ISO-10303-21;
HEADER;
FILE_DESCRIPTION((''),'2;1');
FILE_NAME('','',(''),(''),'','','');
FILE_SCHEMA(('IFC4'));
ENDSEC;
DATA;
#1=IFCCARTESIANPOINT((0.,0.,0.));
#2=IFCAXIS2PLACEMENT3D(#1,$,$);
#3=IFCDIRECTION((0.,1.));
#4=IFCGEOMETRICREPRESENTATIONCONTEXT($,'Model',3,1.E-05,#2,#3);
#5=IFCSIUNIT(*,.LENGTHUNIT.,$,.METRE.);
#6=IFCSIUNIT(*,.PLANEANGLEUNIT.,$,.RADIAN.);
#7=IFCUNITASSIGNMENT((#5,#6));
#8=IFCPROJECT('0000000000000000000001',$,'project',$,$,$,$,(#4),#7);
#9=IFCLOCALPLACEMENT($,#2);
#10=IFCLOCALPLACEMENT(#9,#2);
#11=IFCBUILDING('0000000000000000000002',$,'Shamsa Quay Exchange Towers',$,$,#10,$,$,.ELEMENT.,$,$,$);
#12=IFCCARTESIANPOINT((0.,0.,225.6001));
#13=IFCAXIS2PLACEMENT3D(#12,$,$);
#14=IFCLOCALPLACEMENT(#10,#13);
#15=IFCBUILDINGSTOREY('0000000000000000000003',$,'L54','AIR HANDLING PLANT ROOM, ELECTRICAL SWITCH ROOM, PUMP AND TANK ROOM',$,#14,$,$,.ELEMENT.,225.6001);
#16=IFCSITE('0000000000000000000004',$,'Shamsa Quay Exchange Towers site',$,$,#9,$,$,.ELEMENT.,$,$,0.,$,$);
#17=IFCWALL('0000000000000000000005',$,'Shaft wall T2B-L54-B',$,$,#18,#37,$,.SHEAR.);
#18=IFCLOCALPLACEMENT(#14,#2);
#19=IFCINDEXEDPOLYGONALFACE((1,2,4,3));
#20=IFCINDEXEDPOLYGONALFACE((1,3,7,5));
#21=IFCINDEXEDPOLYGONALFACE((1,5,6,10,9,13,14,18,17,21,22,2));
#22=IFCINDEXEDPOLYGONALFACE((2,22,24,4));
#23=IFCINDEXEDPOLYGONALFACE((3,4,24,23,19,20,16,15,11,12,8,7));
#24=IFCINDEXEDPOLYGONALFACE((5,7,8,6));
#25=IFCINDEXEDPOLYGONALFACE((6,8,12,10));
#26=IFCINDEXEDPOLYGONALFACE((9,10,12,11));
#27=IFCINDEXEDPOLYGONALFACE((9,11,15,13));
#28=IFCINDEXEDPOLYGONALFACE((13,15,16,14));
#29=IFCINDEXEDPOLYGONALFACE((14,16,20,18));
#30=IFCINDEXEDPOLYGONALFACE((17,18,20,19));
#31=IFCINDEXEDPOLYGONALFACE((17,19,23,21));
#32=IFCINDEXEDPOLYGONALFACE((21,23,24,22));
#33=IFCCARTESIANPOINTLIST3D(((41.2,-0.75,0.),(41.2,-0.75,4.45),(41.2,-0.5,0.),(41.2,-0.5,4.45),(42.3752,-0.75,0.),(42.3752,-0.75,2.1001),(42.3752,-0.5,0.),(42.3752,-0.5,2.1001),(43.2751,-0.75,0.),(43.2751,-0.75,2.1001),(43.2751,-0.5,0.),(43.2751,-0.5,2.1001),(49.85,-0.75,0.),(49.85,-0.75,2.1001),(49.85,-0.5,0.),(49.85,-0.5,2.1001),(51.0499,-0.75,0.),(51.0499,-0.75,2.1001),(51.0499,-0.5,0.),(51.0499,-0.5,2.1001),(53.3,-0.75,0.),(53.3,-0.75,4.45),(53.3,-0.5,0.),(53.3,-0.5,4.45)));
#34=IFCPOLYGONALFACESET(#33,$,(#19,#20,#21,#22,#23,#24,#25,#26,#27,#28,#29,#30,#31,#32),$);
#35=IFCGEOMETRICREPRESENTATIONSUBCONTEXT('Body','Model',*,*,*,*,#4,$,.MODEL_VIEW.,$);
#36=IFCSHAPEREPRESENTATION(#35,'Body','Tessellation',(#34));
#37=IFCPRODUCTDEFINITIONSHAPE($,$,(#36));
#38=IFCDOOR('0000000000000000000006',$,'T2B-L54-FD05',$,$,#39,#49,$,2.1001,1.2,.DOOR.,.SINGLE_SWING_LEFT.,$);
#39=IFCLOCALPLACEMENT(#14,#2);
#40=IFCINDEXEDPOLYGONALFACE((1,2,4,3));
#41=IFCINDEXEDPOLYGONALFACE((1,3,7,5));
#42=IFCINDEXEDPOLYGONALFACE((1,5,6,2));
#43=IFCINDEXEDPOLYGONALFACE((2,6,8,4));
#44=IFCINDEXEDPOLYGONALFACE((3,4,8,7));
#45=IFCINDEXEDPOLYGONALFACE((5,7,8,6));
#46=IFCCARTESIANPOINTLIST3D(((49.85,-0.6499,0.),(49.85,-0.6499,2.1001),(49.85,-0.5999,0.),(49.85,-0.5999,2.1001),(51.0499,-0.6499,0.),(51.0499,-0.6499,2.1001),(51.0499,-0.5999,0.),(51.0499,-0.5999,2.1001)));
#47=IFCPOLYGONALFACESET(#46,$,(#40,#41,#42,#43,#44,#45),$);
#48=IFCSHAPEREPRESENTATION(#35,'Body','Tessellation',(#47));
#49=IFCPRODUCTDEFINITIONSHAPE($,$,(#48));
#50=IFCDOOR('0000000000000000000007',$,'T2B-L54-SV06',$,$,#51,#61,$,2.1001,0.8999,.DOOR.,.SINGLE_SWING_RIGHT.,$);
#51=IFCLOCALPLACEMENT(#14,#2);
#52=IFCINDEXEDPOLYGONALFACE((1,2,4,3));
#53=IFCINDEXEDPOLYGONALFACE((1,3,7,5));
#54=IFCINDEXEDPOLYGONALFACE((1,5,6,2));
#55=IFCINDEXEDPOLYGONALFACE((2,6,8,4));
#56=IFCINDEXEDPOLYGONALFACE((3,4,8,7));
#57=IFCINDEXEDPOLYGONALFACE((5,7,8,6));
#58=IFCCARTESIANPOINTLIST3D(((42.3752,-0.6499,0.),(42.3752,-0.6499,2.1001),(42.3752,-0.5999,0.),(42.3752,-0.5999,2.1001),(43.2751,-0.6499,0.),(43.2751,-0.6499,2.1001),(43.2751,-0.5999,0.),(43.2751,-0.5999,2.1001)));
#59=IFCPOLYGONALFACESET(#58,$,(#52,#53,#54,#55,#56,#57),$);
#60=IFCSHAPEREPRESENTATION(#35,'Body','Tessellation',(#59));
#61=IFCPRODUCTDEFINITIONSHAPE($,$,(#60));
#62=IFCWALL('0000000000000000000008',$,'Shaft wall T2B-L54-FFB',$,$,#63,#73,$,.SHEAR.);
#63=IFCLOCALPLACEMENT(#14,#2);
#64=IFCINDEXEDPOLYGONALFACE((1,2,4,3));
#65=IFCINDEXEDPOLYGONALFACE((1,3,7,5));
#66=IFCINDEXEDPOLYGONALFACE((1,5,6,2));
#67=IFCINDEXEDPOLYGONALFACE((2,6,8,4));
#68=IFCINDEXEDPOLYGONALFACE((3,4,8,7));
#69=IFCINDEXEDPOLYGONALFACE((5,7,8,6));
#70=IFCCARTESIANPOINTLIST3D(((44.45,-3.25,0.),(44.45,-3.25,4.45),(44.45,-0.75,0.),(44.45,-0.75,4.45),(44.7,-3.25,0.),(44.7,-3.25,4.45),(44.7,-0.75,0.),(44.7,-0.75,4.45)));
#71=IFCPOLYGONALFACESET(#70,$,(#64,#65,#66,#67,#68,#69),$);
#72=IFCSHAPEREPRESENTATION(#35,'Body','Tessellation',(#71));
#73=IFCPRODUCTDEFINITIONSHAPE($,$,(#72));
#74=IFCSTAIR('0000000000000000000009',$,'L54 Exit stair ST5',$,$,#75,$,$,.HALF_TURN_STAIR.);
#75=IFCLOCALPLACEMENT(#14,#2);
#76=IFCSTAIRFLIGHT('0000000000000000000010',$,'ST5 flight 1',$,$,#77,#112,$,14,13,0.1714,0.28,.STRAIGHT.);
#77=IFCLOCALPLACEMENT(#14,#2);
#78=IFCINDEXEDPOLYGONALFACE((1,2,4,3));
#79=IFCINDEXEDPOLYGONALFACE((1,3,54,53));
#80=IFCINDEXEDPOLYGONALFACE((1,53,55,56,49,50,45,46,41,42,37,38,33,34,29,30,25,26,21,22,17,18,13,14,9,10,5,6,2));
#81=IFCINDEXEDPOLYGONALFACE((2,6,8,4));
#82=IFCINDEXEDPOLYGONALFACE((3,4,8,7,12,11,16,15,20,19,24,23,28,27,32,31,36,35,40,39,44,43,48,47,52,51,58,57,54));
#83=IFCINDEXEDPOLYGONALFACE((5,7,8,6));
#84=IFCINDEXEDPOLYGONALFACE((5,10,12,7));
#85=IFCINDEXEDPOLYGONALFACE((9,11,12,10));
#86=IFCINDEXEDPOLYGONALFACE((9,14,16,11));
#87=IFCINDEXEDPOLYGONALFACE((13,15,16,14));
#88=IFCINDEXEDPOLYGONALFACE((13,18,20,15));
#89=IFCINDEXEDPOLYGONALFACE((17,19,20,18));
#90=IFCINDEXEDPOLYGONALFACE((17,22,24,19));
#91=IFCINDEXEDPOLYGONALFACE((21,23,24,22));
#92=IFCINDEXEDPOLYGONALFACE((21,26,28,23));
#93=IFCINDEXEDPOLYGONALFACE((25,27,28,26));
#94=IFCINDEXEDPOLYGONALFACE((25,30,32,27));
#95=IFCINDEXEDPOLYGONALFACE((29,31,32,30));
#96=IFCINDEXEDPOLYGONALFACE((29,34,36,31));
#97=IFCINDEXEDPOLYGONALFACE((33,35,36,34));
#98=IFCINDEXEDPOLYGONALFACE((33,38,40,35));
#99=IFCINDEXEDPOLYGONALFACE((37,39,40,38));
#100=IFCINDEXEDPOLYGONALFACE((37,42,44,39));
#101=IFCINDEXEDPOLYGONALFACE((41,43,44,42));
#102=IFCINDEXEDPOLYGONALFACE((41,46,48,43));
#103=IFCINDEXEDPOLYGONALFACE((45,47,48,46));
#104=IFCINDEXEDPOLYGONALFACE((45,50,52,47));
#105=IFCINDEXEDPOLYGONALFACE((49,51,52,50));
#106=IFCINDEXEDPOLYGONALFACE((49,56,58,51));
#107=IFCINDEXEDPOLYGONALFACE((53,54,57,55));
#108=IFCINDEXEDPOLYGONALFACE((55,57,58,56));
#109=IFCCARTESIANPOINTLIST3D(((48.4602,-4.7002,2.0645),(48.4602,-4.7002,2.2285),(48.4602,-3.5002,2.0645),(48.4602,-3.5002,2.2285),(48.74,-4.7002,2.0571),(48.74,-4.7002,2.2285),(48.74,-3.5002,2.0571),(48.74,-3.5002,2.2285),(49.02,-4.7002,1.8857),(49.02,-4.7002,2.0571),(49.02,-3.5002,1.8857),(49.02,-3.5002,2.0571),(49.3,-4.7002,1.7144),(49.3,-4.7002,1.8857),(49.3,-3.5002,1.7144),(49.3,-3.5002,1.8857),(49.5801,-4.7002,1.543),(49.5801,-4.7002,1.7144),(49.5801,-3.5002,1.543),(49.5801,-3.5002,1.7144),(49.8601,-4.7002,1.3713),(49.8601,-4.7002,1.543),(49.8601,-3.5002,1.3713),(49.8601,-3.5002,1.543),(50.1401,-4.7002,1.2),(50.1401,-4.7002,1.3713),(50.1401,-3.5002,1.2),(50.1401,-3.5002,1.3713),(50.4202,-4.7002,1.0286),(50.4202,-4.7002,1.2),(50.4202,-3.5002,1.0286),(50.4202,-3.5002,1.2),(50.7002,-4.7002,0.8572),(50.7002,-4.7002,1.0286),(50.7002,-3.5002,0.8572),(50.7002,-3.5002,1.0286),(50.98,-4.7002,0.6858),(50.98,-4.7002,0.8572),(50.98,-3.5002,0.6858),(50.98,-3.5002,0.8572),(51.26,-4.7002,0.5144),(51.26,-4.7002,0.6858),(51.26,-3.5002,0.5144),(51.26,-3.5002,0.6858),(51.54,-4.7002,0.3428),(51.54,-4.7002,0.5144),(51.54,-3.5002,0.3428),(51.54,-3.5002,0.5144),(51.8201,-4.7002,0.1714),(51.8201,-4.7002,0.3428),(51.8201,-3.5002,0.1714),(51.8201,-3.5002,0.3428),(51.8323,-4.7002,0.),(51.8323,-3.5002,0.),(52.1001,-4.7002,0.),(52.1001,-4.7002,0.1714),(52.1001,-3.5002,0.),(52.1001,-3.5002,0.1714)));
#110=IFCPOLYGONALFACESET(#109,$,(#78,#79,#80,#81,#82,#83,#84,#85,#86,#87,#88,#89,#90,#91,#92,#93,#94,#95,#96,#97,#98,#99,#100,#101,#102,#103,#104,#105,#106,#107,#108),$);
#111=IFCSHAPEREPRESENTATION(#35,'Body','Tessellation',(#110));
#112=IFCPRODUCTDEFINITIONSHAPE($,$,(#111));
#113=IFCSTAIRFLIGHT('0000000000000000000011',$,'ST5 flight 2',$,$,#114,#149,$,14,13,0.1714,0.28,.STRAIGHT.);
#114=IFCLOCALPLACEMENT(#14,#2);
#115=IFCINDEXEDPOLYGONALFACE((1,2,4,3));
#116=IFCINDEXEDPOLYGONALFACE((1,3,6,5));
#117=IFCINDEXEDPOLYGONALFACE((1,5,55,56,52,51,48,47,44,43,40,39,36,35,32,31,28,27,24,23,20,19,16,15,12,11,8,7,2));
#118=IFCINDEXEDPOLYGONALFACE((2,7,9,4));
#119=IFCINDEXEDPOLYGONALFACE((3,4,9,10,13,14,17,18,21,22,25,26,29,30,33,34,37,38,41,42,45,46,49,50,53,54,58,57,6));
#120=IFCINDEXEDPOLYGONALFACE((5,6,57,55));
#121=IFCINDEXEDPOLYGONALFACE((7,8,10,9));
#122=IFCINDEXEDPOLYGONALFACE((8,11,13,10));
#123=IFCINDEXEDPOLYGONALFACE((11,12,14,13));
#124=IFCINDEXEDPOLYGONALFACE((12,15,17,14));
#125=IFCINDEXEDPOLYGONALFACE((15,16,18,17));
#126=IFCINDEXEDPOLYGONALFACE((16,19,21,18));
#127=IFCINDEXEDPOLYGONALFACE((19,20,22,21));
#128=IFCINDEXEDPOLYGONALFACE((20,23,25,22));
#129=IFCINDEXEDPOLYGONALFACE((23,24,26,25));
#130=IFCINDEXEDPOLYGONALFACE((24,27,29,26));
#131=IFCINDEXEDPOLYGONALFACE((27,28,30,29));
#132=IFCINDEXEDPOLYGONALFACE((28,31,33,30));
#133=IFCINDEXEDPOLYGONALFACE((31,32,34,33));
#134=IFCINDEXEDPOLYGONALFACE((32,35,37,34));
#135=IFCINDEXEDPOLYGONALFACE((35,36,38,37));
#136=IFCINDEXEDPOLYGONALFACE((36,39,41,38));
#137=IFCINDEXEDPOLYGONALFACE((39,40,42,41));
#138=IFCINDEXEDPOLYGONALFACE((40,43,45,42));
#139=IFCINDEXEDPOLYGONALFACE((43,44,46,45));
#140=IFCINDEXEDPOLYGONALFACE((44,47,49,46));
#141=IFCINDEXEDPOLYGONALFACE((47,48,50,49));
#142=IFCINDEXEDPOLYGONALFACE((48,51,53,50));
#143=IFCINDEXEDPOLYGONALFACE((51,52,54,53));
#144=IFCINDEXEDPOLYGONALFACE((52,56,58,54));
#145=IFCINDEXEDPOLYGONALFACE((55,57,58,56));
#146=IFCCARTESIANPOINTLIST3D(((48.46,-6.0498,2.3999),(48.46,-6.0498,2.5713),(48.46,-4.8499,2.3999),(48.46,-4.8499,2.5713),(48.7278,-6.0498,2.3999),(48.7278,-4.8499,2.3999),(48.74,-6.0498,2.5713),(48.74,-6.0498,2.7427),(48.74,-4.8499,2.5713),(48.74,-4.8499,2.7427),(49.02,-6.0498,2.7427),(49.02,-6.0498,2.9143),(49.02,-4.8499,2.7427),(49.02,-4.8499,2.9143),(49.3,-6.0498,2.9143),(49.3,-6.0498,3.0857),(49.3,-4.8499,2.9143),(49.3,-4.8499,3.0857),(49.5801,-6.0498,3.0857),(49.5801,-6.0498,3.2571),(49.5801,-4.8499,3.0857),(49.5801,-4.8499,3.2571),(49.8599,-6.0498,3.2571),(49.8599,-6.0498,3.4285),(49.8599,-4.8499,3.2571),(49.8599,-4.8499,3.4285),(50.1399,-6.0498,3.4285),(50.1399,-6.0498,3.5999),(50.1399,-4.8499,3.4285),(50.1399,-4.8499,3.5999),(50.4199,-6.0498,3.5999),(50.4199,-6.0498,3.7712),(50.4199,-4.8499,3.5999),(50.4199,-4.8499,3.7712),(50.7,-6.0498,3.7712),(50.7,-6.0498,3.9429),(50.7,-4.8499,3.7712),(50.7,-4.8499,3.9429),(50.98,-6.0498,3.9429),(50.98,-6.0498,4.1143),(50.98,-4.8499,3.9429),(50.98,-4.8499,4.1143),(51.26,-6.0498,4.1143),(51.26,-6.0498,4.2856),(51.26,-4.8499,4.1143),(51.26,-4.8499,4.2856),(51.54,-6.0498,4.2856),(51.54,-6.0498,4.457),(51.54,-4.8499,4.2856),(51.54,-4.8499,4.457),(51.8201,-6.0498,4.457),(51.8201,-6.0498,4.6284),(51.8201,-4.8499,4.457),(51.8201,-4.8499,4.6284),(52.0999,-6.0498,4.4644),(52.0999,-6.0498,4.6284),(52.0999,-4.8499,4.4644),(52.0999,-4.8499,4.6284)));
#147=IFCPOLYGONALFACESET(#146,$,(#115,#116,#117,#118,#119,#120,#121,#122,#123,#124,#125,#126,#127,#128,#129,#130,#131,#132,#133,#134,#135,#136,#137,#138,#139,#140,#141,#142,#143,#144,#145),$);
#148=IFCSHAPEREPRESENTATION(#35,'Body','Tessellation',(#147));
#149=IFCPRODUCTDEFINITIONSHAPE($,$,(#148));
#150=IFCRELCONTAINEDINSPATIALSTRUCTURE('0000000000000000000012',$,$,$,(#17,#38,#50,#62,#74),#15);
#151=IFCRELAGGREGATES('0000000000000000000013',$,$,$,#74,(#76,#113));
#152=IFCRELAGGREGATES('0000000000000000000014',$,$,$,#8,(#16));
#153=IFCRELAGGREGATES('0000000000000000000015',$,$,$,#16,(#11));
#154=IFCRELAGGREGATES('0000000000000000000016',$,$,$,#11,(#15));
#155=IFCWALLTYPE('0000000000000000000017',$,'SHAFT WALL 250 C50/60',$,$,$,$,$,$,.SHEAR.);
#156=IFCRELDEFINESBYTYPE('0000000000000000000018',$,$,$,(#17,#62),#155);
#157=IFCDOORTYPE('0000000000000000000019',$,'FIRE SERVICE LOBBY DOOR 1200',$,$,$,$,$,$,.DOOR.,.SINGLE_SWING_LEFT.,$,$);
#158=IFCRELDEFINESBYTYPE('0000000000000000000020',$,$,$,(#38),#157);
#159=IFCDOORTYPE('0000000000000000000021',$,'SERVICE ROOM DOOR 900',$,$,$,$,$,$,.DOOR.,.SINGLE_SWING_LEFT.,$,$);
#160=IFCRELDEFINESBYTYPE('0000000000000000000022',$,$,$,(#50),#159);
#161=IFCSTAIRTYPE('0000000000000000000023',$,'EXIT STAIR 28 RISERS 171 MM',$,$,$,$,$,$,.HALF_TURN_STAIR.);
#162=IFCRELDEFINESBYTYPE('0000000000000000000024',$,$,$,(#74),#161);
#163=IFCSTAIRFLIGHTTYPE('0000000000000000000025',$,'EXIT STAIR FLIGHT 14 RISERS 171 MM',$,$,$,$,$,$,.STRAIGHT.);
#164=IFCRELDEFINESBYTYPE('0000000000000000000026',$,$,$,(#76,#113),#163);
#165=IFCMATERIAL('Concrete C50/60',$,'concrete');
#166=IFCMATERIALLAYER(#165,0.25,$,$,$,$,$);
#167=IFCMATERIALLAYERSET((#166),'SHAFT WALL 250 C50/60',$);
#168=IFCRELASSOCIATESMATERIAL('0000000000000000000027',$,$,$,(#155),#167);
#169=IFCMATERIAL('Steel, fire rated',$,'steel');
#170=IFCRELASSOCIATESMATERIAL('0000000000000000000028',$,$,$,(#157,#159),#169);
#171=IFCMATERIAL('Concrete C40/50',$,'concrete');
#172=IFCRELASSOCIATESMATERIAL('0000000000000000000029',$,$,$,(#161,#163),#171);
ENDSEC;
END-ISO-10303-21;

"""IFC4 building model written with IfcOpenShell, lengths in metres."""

from ifc_helpers import new_model, si_unit, direction, frame, frame_2d, origin, place, context, subcontext, project, spatial, polyline, rectangle, outline, extrude, material, layer, layer_set, type_object, element, fill, aggregate, save


model = new_model("IFC4")

# Units and contexts
model_context = context("Model", 3, precision=1e-05, world=origin(), true_north=direction((0.0, 1.0)))
body_context = subcontext(model_context, "Body", "Model", "MODEL_VIEW")
ifc_project = project(units=[si_unit("LENGTHUNIT", "METRE"), si_unit("PLANEANGLEUNIT", "RADIAN")], contexts=[model_context])

# Site, building, storey
site_placement = place(None, origin())
site = spatial("IfcSite", under=ifc_project, at=site_placement, Name="Shamsa Quay Exchange Towers site", CompositionType="ELEMENT", RefElevation=0.0)
building_placement = place(site_placement, origin())
building = spatial("IfcBuilding", under=site, at=building_placement, Name="Shamsa Quay Exchange Towers", CompositionType="ELEMENT")
storey_placement = place(building_placement, frame((0.0, 0.0, 225.6001)))
storey = spatial("IfcBuildingStorey", under=building, at=storey_placement, Name="L54", Description="AIR HANDLING PLANT ROOM, ELECTRICAL SWITCH ROOM, PUMP AND TANK ROOM", CompositionType="ELEMENT", Elevation=225.6001)

# Shared definitions
ifc_material_1 = material(Name="Steel, fire rated", Category="steel")
ifc_material_2 = material(Name="Concrete C50/60", Category="concrete")
ifc_layer_1 = layer(ifc_material_2, 0.25)
ifc_layer_set_1 = layer_set([ifc_layer_1], Name="SHAFT WALL 250 C50/60")
wall_type_1 = type_object("IfcWallType", Name="SHAFT WALL 250 C50/60", PredefinedType="SHEAR", material=ifc_layer_set_1)

# Wall, openings, doors
wall_1_placement = place(storey_placement, frame((53.3, -0.625, 0.0), z_axis=(0.0, 0.0, 1.0), x_axis=(-1.0, 0.0, 0.0)))
wall_1 = element("IfcWall", 1, at=wall_1_placement, inside=storey, type_object=wall_type_1, Name="Shaft wall T2B-L54-B", PredefinedType="SHEAR", context=body_context, shape_type="SweptSolid", body=[
    extrude(rectangle(XDim=12.1001, YDim=0.25, at=frame_2d((6.05, 0.0))), origin(), (0.0, 0.0, 1.0), 4.45),
])
opening_1_placement = place(wall_1_placement, frame((2.25, 0.0, 0.0)))
opening_1 = element("IfcOpeningElement", 2, at=opening_1_placement, cuts=wall_1, PredefinedType="OPENING", context=body_context, shape_type="SweptSolid", body=[
    extrude(rectangle(XDim=1.2, YDim=2.1001, at=frame_2d((0.6001, 1.05))), frame((0.0, 0.135, 0.0), z_axis=(0.0, -1.0, 0.0), x_axis=(1.0, 0.0, 0.0)), (0.0, 0.0, 1.0), 0.27),
])
opening_2_placement = place(wall_1_placement, frame((10.0249, 0.0, 0.0)))
opening_2 = element("IfcOpeningElement", 3, at=opening_2_placement, cuts=wall_1, PredefinedType="OPENING", context=body_context, shape_type="SweptSolid", body=[
    extrude(rectangle(XDim=0.8999, YDim=2.1001, at=frame_2d((0.45, 1.05))), frame((0.0, 0.135, 0.0), z_axis=(0.0, -1.0, 0.0), x_axis=(1.0, 0.0, 0.0)), (0.0, 0.0, 1.0), 0.27),
])
door_type_1 = type_object("IfcDoorType", Name="FIRE SERVICE LOBBY DOOR 1200", OperationType="SINGLE_SWING_LEFT", PredefinedType="DOOR", material=ifc_material_1)
door_1_placement = place(opening_1_placement, origin())
door_1 = element("IfcDoor", 4, at=door_1_placement, inside=storey, type_object=door_type_1, Name="T2B-L54-FD05", OperationType="SINGLE_SWING_LEFT", OverallHeight=2.1001, OverallWidth=1.2, PredefinedType="DOOR", context=body_context, shape_type="SweptSolid", body=[
    extrude(rectangle(XDim=1.2, YDim=2.1001, at=frame_2d((0.6001, 1.05))), frame((0.0, 0.0249, 0.0), z_axis=(0.0, -1.0, 0.0), x_axis=(1.0, 0.0, 0.0)), (0.0, 0.0, 1.0), 0.05),
])
fill(opening_1, door_1)
door_type_2 = type_object("IfcDoorType", Name="SERVICE ROOM DOOR 900", OperationType="SINGLE_SWING_LEFT", PredefinedType="DOOR", material=ifc_material_1)
door_2_placement = place(opening_2_placement, origin())
door_2 = element("IfcDoor", 5, at=door_2_placement, inside=storey, type_object=door_type_2, Name="T2B-L54-SV06", OperationType="SINGLE_SWING_RIGHT", OverallHeight=2.1001, OverallWidth=0.8999, PredefinedType="DOOR", context=body_context, shape_type="SweptSolid", body=[
    extrude(rectangle(XDim=0.8999, YDim=2.1001, at=frame_2d((0.45, 1.05))), frame((0.0, 0.0249, 0.0), z_axis=(0.0, -1.0, 0.0), x_axis=(1.0, 0.0, 0.0)), (0.0, 0.0, 1.0), 0.05),
])
fill(opening_2, door_2)

# Wall
wall_2_placement = place(storey_placement, frame((44.575, -3.25, 0.0), z_axis=(0.0, 0.0, 1.0), x_axis=(0.0, 1.0, 0.0)))
element("IfcWall", 6, at=wall_2_placement, inside=storey, type_object=wall_type_1, Name="Shaft wall T2B-L54-FFB", PredefinedType="SHEAR", context=body_context, shape_type="SweptSolid", body=[
    extrude(rectangle(XDim=2.5, YDim=0.25, at=frame_2d((1.25, 0.0))), origin(), (0.0, 0.0, 1.0), 4.45),
])

# Stair, stair flights
ifc_material_3 = material(Name="Concrete C40/50", Category="concrete")
stair_type = type_object("IfcStairType", Name="EXIT STAIR 28 RISERS 171 MM", PredefinedType="HALF_TURN_STAIR", material=ifc_material_3)
stair_placement = place(storey_placement, origin())
stair = element("IfcStair", 7, at=stair_placement, inside=storey, type_object=stair_type, Name="L54 Exit stair ST5", PredefinedType="HALF_TURN_STAIR")
stair_flight_type = type_object("IfcStairFlightType", Name="EXIT STAIR FLIGHT 14 RISERS 171 MM", PredefinedType="STRAIGHT", material=ifc_material_3)
stair_flight_1_placement = place(storey_placement, frame((52.1001, -4.1001, 0.0), z_axis=(0.0, 0.0, 1.0), x_axis=(-1.0, 0.0, 0.0)))
stair_flight_1 = element("IfcStairFlight", 8, at=stair_flight_1_placement, type_object=stair_flight_type, Name="ST5 flight 1", NumberOfRisers=14, NumberOfTreads=13, PredefinedType="STRAIGHT", RiserHeight=0.1714, TreadLength=0.28, context=body_context, shape_type="SweptSolid", body=[
    extrude(outline(polyline([(0.0, 0.0), (0.0, 0.1714), (0.28, 0.1714), (0.28, 0.3428), (0.5601, 0.3428), (0.5601, 0.5144), (0.8401, 0.5144), (0.8401, 0.6858), (1.1201, 0.6858), (1.1201, 0.8572), (1.3999, 0.8572), (1.3999, 1.0286), (1.6799, 1.0286), (1.6799, 1.2), (1.96, 1.2), (1.96, 1.3713), (2.24, 1.3713), (2.24, 1.543), (2.52, 1.543), (2.52, 1.7144), (2.8, 1.7144), (2.8, 1.8857), (3.0801, 1.8857), (3.0801, 2.0571), (3.3601, 2.0571), (3.3601, 2.2285), (3.6399, 2.2285), (3.6399, 2.3999), (3.6399, 2.0645), (0.2678, 0.0), (0.0, 0.0)])), frame((0.0, 0.6001, 0.0), z_axis=(0.0, -1.0, 0.0), x_axis=(1.0, 0.0, 0.0)), (0.0, 0.0, 1.0), 1.2),
])
stair_flight_2_placement = place(storey_placement, frame((48.46, -5.45, 2.3999)))
stair_flight_2 = element("IfcStairFlight", 9, at=stair_flight_2_placement, type_object=stair_flight_type, Name="ST5 flight 2", NumberOfRisers=14, NumberOfTreads=13, PredefinedType="STRAIGHT", RiserHeight=0.1714, TreadLength=0.28, context=body_context, shape_type="SweptSolid", body=[
    extrude(outline(polyline([(0.0, 0.0), (0.0, 0.1714), (0.28, 0.1714), (0.28, 0.3428), (0.5601, 0.3428), (0.5601, 0.5144), (0.8401, 0.5144), (0.8401, 0.6858), (1.1201, 0.6858), (1.1201, 0.8572), (1.3999, 0.8572), (1.3999, 1.0286), (1.6799, 1.0286), (1.6799, 1.2), (1.96, 1.2), (1.96, 1.3713), (2.24, 1.3713), (2.24, 1.543), (2.52, 1.543), (2.52, 1.7144), (2.8, 1.7144), (2.8, 1.8857), (3.0801, 1.8857), (3.0801, 2.0571), (3.3601, 2.0571), (3.3601, 2.2285), (3.6399, 2.2285), (3.6399, 2.3999), (3.6399, 2.0645), (0.2678, 0.0), (0.0, 0.0)])), frame((0.0, 0.6001, 0.0), z_axis=(0.0, -1.0, 0.0), x_axis=(1.0, 0.0, 0.0)), (0.0, 0.0, 1.0), 1.2),
])
aggregate(stair, [stair_flight_1, stair_flight_2])

save(model, "model.ifc")
